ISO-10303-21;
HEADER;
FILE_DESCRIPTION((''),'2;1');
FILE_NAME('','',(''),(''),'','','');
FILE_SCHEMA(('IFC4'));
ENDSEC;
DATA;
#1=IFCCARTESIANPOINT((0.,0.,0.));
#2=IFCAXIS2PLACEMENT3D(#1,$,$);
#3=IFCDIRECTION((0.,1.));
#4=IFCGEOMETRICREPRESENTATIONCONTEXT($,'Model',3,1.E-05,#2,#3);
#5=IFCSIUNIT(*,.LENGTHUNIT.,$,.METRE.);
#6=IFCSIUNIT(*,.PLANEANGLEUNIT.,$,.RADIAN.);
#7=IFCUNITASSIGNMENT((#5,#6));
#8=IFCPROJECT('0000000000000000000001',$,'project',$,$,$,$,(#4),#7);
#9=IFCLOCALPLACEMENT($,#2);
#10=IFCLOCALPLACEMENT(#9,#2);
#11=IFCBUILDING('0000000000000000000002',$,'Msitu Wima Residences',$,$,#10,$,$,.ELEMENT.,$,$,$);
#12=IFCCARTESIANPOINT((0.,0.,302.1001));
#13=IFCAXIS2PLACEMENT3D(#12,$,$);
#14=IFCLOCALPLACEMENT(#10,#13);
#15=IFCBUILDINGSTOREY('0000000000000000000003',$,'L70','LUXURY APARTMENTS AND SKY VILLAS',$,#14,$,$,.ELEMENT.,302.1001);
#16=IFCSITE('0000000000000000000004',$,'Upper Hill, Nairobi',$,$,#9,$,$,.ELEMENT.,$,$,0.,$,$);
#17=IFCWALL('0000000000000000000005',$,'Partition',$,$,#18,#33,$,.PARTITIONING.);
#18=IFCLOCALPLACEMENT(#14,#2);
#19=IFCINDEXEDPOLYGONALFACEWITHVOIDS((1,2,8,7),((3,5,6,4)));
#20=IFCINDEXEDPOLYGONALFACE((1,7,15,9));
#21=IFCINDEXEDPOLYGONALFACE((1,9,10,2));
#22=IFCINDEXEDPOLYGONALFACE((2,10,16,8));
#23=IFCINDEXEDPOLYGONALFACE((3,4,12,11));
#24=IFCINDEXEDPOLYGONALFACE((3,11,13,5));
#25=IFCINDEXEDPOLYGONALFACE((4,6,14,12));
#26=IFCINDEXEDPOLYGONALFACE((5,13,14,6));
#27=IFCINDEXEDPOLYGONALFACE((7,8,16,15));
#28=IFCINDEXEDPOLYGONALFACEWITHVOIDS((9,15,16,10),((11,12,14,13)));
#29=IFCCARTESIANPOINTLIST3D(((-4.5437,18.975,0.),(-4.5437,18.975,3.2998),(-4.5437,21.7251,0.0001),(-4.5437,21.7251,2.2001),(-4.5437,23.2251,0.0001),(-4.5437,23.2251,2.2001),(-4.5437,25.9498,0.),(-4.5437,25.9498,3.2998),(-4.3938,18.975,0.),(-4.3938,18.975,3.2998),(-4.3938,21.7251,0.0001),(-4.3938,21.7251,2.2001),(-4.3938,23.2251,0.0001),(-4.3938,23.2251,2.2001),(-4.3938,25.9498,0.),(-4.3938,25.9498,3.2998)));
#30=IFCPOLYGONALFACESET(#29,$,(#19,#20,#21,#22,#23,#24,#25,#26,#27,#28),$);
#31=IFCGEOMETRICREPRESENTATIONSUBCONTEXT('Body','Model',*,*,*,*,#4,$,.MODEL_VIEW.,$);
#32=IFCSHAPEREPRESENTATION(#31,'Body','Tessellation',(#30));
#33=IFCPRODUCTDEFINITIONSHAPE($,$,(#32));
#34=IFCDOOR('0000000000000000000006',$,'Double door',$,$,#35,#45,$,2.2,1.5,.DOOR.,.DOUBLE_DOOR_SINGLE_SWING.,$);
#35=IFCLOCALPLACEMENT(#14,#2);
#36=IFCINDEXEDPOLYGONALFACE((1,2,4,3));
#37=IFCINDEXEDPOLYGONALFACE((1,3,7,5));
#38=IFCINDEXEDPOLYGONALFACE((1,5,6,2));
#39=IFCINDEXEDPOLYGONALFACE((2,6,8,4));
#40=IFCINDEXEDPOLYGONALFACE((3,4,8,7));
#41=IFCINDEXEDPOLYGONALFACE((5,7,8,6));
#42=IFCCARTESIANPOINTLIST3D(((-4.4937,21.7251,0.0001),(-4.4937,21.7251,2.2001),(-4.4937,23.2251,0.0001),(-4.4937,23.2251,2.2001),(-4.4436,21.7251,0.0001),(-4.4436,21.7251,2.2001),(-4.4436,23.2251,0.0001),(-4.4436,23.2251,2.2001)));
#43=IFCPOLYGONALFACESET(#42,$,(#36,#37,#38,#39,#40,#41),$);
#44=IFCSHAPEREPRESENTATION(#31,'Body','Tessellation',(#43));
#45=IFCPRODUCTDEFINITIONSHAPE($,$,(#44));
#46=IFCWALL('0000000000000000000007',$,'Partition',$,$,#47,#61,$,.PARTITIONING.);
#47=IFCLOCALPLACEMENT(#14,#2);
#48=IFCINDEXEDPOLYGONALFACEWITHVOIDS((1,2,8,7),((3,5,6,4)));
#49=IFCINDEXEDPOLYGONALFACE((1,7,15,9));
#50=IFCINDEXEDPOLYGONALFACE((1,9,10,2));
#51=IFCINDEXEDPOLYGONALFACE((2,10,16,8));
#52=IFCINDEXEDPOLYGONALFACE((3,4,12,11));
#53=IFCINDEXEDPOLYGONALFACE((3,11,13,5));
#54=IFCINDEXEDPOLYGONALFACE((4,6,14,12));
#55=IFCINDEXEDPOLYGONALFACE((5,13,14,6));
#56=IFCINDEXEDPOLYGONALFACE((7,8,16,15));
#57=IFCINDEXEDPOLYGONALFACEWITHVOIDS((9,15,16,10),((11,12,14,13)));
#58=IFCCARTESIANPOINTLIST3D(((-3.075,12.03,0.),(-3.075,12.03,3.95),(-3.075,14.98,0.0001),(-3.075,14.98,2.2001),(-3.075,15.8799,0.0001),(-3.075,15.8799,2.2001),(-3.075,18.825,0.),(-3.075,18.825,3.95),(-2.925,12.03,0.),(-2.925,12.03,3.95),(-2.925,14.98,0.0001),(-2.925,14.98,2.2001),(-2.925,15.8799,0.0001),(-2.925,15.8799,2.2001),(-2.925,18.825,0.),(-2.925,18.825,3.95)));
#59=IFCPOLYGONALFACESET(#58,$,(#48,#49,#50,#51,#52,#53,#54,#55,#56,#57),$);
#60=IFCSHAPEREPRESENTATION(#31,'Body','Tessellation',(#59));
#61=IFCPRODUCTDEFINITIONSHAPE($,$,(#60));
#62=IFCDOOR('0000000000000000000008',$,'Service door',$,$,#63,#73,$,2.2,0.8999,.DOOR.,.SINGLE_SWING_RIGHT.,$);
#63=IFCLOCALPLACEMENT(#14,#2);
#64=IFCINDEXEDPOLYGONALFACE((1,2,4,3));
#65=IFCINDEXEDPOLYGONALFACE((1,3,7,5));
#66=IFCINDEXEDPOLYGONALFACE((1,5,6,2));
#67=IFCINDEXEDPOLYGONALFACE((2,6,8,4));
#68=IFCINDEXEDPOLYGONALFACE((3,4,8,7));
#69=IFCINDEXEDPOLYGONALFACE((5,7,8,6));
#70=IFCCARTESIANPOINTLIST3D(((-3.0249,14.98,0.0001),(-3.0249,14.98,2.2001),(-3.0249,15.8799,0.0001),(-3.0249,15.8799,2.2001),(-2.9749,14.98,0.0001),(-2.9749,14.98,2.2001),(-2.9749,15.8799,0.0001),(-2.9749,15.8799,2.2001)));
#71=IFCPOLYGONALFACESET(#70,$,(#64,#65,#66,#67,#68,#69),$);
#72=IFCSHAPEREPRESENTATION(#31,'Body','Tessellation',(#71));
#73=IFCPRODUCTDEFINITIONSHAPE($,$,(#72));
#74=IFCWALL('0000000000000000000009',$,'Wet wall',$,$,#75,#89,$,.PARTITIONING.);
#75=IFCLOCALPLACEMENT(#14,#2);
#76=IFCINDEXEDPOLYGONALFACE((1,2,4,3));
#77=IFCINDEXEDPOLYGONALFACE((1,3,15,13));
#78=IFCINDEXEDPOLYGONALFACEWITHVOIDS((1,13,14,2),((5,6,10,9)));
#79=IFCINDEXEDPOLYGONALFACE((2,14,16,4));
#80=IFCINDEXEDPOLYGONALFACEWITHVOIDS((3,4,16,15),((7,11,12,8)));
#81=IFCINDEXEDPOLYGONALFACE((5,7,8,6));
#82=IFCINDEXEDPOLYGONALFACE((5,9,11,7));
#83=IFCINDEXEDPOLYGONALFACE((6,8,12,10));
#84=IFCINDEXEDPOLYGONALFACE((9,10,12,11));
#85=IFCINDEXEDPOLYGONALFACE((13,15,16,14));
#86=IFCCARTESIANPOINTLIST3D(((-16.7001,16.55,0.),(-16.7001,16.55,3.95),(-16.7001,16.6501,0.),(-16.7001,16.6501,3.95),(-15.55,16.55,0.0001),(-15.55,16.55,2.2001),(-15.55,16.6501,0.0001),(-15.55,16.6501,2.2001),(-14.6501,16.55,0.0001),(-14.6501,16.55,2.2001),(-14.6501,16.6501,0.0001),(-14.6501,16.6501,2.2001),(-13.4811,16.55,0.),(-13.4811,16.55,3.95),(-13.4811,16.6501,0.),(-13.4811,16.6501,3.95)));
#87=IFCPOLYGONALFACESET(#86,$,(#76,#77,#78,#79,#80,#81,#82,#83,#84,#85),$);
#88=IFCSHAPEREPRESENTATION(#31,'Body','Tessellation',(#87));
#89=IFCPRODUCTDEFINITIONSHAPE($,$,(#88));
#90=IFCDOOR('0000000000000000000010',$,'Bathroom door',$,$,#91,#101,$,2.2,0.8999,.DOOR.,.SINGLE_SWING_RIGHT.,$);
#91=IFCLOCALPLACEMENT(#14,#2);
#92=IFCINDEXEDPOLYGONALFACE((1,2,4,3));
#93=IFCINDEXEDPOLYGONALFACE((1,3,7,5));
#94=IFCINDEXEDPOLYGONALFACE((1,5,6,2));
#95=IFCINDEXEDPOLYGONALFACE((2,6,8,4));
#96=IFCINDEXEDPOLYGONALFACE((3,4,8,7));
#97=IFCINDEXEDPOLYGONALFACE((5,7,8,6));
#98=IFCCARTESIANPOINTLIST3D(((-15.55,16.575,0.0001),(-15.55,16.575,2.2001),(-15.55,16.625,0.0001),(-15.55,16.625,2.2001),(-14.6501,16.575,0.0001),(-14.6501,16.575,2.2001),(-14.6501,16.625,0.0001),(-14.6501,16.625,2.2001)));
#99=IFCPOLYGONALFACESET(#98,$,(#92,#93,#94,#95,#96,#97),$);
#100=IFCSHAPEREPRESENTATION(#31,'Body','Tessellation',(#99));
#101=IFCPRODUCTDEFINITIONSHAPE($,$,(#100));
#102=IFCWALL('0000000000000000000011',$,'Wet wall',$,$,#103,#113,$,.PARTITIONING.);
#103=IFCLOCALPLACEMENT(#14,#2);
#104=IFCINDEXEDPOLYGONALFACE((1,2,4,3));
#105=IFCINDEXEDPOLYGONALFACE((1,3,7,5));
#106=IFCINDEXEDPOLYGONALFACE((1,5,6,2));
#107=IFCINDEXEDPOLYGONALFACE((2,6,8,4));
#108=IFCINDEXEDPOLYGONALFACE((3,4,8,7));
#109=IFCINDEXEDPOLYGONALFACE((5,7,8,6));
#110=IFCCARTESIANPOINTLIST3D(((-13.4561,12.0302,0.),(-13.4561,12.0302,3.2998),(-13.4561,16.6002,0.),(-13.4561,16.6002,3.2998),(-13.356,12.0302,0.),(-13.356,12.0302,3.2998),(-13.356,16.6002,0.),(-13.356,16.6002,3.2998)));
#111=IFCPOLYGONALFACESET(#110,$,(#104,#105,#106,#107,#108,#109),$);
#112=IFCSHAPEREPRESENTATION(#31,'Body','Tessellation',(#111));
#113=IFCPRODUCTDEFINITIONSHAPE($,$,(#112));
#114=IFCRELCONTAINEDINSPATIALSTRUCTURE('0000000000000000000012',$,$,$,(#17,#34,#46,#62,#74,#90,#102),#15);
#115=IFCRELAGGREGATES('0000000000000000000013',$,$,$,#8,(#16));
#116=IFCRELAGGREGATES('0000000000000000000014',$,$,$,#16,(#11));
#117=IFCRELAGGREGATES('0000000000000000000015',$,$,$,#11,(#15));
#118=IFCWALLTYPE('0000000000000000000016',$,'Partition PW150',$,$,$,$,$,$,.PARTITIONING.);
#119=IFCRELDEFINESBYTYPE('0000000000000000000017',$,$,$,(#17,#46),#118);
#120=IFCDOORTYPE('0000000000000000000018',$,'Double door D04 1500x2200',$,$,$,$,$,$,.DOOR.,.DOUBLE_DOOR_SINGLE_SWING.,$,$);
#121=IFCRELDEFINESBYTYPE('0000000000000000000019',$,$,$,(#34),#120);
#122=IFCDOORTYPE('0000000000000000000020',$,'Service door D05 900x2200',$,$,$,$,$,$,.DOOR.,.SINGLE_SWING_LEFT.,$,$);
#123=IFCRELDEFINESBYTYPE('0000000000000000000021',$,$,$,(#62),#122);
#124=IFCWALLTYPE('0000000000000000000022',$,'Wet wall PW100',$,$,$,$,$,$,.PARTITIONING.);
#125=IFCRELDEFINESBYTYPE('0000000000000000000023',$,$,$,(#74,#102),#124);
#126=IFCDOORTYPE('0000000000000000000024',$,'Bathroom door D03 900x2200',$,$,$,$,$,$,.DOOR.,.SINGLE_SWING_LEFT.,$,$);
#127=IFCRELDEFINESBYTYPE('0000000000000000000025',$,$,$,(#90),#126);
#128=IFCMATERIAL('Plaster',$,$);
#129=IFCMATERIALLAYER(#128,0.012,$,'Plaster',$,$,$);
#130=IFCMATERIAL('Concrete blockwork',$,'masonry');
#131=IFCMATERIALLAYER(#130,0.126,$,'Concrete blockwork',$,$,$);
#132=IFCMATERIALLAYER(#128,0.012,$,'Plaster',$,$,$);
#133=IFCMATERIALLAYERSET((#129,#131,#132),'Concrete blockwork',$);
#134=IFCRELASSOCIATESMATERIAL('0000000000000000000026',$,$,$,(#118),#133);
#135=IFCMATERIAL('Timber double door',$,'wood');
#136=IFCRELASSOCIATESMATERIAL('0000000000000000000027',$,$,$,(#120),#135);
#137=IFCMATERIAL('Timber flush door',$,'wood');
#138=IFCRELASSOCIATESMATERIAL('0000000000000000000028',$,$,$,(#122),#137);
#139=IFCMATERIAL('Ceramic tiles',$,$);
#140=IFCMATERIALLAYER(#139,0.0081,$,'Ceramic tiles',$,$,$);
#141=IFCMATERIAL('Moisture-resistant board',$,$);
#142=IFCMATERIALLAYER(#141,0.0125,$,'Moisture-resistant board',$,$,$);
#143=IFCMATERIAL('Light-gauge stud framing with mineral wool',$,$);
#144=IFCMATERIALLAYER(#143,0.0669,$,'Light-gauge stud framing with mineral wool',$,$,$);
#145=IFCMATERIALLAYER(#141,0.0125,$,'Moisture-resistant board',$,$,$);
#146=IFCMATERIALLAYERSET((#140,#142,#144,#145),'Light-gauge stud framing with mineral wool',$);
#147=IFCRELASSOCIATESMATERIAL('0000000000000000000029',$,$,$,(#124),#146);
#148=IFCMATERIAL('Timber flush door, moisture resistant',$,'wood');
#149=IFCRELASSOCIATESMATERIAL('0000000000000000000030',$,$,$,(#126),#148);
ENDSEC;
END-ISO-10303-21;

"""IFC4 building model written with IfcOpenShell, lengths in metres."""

from ifc_helpers import new_model, si_unit, direction, frame, frame_2d, origin, place, context, subcontext, project, spatial, rectangle, extrude, material, layer, layer_set, type_object, element, fill, save


model = new_model("IFC4")

# Units and contexts
model_context = context("Model", 3, precision=1e-05, world=origin(), true_north=direction((0.0, 1.0)))
body_context = subcontext(model_context, "Body", "Model", "MODEL_VIEW")
ifc_project = project(units=[si_unit("LENGTHUNIT", "METRE"), si_unit("PLANEANGLEUNIT", "RADIAN")], contexts=[model_context])

# Site, building, storey
site_placement = place(None, origin())
site = spatial("IfcSite", under=ifc_project, at=site_placement, Name="Upper Hill, Nairobi", CompositionType="ELEMENT", RefElevation=0.0)
building_placement = place(site_placement, origin())
building = spatial("IfcBuilding", under=site, at=building_placement, Name="Msitu Wima Residences", CompositionType="ELEMENT")
storey_placement = place(building_placement, frame((0.0, 0.0, 302.1001)))
storey = spatial("IfcBuildingStorey", under=building, at=storey_placement, Name="L70", Description="LUXURY APARTMENTS AND SKY VILLAS", CompositionType="ELEMENT", Elevation=302.1001)

# Shared definitions
ifc_material_1 = material(Name="Plaster")
ifc_material_2 = material(Name="Concrete blockwork", Category="masonry")

# Shared definitions
ifc_layer_1 = layer(ifc_material_1, 0.012, Name="Plaster")
ifc_layer_2 = layer(ifc_material_2, 0.126, Name="Concrete blockwork")
ifc_layer_3 = layer(ifc_material_1, 0.012, Name="Plaster")
ifc_layer_set_1 = layer_set([ifc_layer_1, ifc_layer_2, ifc_layer_3], Name="Concrete blockwork")
wall_type_1 = type_object("IfcWallType", Name="Partition PW150", PredefinedType="PARTITIONING", material=ifc_layer_set_1)
ifc_material_3 = material(Name="Timber flush door", Category="wood")

# Walls, openings, doors
wall_1_placement = place(storey_placement, frame((-4.4688, 18.9751, 0.0), z_axis=(0.0, 0.0, 1.0), x_axis=(0.0, 1.0, 0.0)))
wall_1 = element("IfcWall", 1, at=wall_1_placement, inside=storey, type_object=wall_type_1, Name="Partition", PredefinedType="PARTITIONING", context=body_context, shape_type="SweptSolid", body=[
    extrude(rectangle(XDim=6.9749, YDim=0.1499, at=frame_2d((3.4873, 0.0))), origin(), (0.0, 0.0, 1.0), 3.2998),
])
opening_1_placement = place(wall_1_placement, frame((2.75, 0.0, 0.0)))
opening_1 = element("IfcOpeningElement", 2, at=opening_1_placement, cuts=wall_1, PredefinedType="OPENING", context=body_context, shape_type="SweptSolid", body=[
    extrude(rectangle(XDim=1.5, YDim=2.2, at=frame_2d((0.75, 1.1001))), frame((0.0, 0.085, 0.0), z_axis=(0.0, -1.0, 0.0), x_axis=(1.0, 0.0, 0.0)), (0.0, 0.0, 1.0), 0.1699),
])
ifc_material_4 = material(Name="Timber double door", Category="wood")
door_type_1 = type_object("IfcDoorType", Name="Double door D04 1500x2200", OperationType="DOUBLE_DOOR_SINGLE_SWING", PredefinedType="DOOR", material=ifc_material_4)
door_1_placement = place(opening_1_placement, origin())
door_1 = element("IfcDoor", 3, at=door_1_placement, inside=storey, type_object=door_type_1, Name="Double door", OperationType="DOUBLE_DOOR_SINGLE_SWING", OverallHeight=2.2, OverallWidth=1.5, PredefinedType="DOOR", context=body_context, shape_type="SweptSolid", body=[
    extrude(rectangle(XDim=1.5, YDim=2.2, at=frame_2d((0.75, 1.1001))), frame((0.0, 0.0249, 0.0), z_axis=(0.0, -1.0, 0.0), x_axis=(1.0, 0.0, 0.0)), (0.0, 0.0, 1.0), 0.05),
])
fill(opening_1, door_1)
wall_2_placement = place(storey_placement, frame((-3.0, 12.03, 0.0), z_axis=(0.0, 0.0, 1.0), x_axis=(0.0, 1.0, 0.0)))
wall_2 = element("IfcWall", 4, at=wall_2_placement, inside=storey, type_object=wall_type_1, Name="Partition", PredefinedType="PARTITIONING", context=body_context, shape_type="SweptSolid", body=[
    extrude(rectangle(XDim=6.7949, YDim=0.1499, at=frame_2d((3.3975, 0.0))), origin(), (0.0, 0.0, 1.0), 3.95),
])
opening_2_placement = place(wall_2_placement, frame((2.95, 0.0, 0.0)))
opening_2 = element("IfcOpeningElement", 5, at=opening_2_placement, cuts=wall_2, PredefinedType="OPENING", context=body_context, shape_type="SweptSolid", body=[
    extrude(rectangle(XDim=0.8999, YDim=2.2, at=frame_2d((0.45, 1.1001))), frame((0.0, 0.085, 0.0), z_axis=(0.0, -1.0, 0.0), x_axis=(1.0, 0.0, 0.0)), (0.0, 0.0, 1.0), 0.1699),
])
door_type_2 = type_object("IfcDoorType", Name="Service door D05 900x2200", OperationType="SINGLE_SWING_LEFT", PredefinedType="DOOR", material=ifc_material_3)
door_2_placement = place(opening_2_placement, origin())
door_2 = element("IfcDoor", 6, at=door_2_placement, inside=storey, type_object=door_type_2, Name="Service door", OperationType="SINGLE_SWING_RIGHT", OverallHeight=2.2, OverallWidth=0.8999, PredefinedType="DOOR", context=body_context, shape_type="SweptSolid", body=[
    extrude(rectangle(XDim=0.8999, YDim=2.2, at=frame_2d((0.45, 1.1001))), frame((0.0, 0.0249, 0.0), z_axis=(0.0, -1.0, 0.0), x_axis=(1.0, 0.0, 0.0)), (0.0, 0.0, 1.0), 0.05),
])
fill(opening_2, door_2)
ifc_material_5 = material(Name="Ceramic tiles")
ifc_layer_4 = layer(ifc_material_5, 0.0081, Name="Ceramic tiles")
ifc_material_6 = material(Name="Moisture-resistant board")
ifc_layer_5 = layer(ifc_material_6, 0.0125, Name="Moisture-resistant board")
ifc_material_7 = material(Name="Light-gauge stud framing with mineral wool")
ifc_layer_6 = layer(ifc_material_7, 0.0669, Name="Light-gauge stud framing with mineral wool")
ifc_layer_7 = layer(ifc_material_6, 0.0125, Name="Moisture-resistant board")
ifc_layer_set_2 = layer_set([ifc_layer_4, ifc_layer_5, ifc_layer_6, ifc_layer_7], Name="Light-gauge stud framing with mineral wool")
wall_type_2 = type_object("IfcWallType", Name="Wet wall PW100", PredefinedType="PARTITIONING", material=ifc_layer_set_2)
wall_3_placement = place(storey_placement, frame((-16.7, 16.6001, 0.0), z_axis=(0.0, 0.0, 1.0), x_axis=(1.0, 0.0, 0.0)))
wall_3 = element("IfcWall", 7, at=wall_3_placement, inside=storey, type_object=wall_type_2, Name="Wet wall", PredefinedType="PARTITIONING", context=body_context, shape_type="SweptSolid", body=[
    extrude(rectangle(XDim=3.219, YDim=0.1001, at=frame_2d((1.6094, 0.0))), origin(), (0.0, 0.0, 1.0), 3.95),
])
opening_3_placement = place(wall_3_placement, frame((1.1499, 0.0, 0.0)))
opening_3 = element("IfcOpeningElement", 8, at=opening_3_placement, cuts=wall_3, PredefinedType="OPENING", context=body_context, shape_type="SweptSolid", body=[
    extrude(rectangle(XDim=0.8999, YDim=2.2, at=frame_2d((0.45, 1.1001))), frame((0.0, 0.0601, 0.0), z_axis=(0.0, -1.0, 0.0), x_axis=(1.0, 0.0, 0.0)), (0.0, 0.0, 1.0), 0.1201),
])
ifc_material_8 = material(Name="Timber flush door, moisture resistant", Category="wood")
door_type_3 = type_object("IfcDoorType", Name="Bathroom door D03 900x2200", OperationType="SINGLE_SWING_LEFT", PredefinedType="DOOR", material=ifc_material_8)
door_3_placement = place(opening_3_placement, origin())
door_3 = element("IfcDoor", 9, at=door_3_placement, inside=storey, type_object=door_type_3, Name="Bathroom door", OperationType="SINGLE_SWING_RIGHT", OverallHeight=2.2, OverallWidth=0.8999, PredefinedType="DOOR", context=body_context, shape_type="SweptSolid", body=[
    extrude(rectangle(XDim=0.8999, YDim=2.2, at=frame_2d((0.45, 1.1001))), frame((0.0, 0.0249, 0.0), z_axis=(0.0, -1.0, 0.0), x_axis=(1.0, 0.0, 0.0)), (0.0, 0.0, 1.0), 0.05),
])
fill(opening_3, door_3)

# Wall
wall_4_placement = place(storey_placement, frame((-13.406, 12.03, 0.0), z_axis=(0.0, 0.0, 1.0), x_axis=(0.0, 1.0, 0.0)))
element("IfcWall", 10, at=wall_4_placement, inside=storey, type_object=wall_type_2, Name="Wet wall", PredefinedType="PARTITIONING", context=body_context, shape_type="SweptSolid", body=[
    extrude(rectangle(XDim=4.5701, YDim=0.1001, at=frame_2d((2.2852, 0.0))), origin(), (0.0, 0.0, 1.0), 3.2998),
])

save(model, "model.ifc")
